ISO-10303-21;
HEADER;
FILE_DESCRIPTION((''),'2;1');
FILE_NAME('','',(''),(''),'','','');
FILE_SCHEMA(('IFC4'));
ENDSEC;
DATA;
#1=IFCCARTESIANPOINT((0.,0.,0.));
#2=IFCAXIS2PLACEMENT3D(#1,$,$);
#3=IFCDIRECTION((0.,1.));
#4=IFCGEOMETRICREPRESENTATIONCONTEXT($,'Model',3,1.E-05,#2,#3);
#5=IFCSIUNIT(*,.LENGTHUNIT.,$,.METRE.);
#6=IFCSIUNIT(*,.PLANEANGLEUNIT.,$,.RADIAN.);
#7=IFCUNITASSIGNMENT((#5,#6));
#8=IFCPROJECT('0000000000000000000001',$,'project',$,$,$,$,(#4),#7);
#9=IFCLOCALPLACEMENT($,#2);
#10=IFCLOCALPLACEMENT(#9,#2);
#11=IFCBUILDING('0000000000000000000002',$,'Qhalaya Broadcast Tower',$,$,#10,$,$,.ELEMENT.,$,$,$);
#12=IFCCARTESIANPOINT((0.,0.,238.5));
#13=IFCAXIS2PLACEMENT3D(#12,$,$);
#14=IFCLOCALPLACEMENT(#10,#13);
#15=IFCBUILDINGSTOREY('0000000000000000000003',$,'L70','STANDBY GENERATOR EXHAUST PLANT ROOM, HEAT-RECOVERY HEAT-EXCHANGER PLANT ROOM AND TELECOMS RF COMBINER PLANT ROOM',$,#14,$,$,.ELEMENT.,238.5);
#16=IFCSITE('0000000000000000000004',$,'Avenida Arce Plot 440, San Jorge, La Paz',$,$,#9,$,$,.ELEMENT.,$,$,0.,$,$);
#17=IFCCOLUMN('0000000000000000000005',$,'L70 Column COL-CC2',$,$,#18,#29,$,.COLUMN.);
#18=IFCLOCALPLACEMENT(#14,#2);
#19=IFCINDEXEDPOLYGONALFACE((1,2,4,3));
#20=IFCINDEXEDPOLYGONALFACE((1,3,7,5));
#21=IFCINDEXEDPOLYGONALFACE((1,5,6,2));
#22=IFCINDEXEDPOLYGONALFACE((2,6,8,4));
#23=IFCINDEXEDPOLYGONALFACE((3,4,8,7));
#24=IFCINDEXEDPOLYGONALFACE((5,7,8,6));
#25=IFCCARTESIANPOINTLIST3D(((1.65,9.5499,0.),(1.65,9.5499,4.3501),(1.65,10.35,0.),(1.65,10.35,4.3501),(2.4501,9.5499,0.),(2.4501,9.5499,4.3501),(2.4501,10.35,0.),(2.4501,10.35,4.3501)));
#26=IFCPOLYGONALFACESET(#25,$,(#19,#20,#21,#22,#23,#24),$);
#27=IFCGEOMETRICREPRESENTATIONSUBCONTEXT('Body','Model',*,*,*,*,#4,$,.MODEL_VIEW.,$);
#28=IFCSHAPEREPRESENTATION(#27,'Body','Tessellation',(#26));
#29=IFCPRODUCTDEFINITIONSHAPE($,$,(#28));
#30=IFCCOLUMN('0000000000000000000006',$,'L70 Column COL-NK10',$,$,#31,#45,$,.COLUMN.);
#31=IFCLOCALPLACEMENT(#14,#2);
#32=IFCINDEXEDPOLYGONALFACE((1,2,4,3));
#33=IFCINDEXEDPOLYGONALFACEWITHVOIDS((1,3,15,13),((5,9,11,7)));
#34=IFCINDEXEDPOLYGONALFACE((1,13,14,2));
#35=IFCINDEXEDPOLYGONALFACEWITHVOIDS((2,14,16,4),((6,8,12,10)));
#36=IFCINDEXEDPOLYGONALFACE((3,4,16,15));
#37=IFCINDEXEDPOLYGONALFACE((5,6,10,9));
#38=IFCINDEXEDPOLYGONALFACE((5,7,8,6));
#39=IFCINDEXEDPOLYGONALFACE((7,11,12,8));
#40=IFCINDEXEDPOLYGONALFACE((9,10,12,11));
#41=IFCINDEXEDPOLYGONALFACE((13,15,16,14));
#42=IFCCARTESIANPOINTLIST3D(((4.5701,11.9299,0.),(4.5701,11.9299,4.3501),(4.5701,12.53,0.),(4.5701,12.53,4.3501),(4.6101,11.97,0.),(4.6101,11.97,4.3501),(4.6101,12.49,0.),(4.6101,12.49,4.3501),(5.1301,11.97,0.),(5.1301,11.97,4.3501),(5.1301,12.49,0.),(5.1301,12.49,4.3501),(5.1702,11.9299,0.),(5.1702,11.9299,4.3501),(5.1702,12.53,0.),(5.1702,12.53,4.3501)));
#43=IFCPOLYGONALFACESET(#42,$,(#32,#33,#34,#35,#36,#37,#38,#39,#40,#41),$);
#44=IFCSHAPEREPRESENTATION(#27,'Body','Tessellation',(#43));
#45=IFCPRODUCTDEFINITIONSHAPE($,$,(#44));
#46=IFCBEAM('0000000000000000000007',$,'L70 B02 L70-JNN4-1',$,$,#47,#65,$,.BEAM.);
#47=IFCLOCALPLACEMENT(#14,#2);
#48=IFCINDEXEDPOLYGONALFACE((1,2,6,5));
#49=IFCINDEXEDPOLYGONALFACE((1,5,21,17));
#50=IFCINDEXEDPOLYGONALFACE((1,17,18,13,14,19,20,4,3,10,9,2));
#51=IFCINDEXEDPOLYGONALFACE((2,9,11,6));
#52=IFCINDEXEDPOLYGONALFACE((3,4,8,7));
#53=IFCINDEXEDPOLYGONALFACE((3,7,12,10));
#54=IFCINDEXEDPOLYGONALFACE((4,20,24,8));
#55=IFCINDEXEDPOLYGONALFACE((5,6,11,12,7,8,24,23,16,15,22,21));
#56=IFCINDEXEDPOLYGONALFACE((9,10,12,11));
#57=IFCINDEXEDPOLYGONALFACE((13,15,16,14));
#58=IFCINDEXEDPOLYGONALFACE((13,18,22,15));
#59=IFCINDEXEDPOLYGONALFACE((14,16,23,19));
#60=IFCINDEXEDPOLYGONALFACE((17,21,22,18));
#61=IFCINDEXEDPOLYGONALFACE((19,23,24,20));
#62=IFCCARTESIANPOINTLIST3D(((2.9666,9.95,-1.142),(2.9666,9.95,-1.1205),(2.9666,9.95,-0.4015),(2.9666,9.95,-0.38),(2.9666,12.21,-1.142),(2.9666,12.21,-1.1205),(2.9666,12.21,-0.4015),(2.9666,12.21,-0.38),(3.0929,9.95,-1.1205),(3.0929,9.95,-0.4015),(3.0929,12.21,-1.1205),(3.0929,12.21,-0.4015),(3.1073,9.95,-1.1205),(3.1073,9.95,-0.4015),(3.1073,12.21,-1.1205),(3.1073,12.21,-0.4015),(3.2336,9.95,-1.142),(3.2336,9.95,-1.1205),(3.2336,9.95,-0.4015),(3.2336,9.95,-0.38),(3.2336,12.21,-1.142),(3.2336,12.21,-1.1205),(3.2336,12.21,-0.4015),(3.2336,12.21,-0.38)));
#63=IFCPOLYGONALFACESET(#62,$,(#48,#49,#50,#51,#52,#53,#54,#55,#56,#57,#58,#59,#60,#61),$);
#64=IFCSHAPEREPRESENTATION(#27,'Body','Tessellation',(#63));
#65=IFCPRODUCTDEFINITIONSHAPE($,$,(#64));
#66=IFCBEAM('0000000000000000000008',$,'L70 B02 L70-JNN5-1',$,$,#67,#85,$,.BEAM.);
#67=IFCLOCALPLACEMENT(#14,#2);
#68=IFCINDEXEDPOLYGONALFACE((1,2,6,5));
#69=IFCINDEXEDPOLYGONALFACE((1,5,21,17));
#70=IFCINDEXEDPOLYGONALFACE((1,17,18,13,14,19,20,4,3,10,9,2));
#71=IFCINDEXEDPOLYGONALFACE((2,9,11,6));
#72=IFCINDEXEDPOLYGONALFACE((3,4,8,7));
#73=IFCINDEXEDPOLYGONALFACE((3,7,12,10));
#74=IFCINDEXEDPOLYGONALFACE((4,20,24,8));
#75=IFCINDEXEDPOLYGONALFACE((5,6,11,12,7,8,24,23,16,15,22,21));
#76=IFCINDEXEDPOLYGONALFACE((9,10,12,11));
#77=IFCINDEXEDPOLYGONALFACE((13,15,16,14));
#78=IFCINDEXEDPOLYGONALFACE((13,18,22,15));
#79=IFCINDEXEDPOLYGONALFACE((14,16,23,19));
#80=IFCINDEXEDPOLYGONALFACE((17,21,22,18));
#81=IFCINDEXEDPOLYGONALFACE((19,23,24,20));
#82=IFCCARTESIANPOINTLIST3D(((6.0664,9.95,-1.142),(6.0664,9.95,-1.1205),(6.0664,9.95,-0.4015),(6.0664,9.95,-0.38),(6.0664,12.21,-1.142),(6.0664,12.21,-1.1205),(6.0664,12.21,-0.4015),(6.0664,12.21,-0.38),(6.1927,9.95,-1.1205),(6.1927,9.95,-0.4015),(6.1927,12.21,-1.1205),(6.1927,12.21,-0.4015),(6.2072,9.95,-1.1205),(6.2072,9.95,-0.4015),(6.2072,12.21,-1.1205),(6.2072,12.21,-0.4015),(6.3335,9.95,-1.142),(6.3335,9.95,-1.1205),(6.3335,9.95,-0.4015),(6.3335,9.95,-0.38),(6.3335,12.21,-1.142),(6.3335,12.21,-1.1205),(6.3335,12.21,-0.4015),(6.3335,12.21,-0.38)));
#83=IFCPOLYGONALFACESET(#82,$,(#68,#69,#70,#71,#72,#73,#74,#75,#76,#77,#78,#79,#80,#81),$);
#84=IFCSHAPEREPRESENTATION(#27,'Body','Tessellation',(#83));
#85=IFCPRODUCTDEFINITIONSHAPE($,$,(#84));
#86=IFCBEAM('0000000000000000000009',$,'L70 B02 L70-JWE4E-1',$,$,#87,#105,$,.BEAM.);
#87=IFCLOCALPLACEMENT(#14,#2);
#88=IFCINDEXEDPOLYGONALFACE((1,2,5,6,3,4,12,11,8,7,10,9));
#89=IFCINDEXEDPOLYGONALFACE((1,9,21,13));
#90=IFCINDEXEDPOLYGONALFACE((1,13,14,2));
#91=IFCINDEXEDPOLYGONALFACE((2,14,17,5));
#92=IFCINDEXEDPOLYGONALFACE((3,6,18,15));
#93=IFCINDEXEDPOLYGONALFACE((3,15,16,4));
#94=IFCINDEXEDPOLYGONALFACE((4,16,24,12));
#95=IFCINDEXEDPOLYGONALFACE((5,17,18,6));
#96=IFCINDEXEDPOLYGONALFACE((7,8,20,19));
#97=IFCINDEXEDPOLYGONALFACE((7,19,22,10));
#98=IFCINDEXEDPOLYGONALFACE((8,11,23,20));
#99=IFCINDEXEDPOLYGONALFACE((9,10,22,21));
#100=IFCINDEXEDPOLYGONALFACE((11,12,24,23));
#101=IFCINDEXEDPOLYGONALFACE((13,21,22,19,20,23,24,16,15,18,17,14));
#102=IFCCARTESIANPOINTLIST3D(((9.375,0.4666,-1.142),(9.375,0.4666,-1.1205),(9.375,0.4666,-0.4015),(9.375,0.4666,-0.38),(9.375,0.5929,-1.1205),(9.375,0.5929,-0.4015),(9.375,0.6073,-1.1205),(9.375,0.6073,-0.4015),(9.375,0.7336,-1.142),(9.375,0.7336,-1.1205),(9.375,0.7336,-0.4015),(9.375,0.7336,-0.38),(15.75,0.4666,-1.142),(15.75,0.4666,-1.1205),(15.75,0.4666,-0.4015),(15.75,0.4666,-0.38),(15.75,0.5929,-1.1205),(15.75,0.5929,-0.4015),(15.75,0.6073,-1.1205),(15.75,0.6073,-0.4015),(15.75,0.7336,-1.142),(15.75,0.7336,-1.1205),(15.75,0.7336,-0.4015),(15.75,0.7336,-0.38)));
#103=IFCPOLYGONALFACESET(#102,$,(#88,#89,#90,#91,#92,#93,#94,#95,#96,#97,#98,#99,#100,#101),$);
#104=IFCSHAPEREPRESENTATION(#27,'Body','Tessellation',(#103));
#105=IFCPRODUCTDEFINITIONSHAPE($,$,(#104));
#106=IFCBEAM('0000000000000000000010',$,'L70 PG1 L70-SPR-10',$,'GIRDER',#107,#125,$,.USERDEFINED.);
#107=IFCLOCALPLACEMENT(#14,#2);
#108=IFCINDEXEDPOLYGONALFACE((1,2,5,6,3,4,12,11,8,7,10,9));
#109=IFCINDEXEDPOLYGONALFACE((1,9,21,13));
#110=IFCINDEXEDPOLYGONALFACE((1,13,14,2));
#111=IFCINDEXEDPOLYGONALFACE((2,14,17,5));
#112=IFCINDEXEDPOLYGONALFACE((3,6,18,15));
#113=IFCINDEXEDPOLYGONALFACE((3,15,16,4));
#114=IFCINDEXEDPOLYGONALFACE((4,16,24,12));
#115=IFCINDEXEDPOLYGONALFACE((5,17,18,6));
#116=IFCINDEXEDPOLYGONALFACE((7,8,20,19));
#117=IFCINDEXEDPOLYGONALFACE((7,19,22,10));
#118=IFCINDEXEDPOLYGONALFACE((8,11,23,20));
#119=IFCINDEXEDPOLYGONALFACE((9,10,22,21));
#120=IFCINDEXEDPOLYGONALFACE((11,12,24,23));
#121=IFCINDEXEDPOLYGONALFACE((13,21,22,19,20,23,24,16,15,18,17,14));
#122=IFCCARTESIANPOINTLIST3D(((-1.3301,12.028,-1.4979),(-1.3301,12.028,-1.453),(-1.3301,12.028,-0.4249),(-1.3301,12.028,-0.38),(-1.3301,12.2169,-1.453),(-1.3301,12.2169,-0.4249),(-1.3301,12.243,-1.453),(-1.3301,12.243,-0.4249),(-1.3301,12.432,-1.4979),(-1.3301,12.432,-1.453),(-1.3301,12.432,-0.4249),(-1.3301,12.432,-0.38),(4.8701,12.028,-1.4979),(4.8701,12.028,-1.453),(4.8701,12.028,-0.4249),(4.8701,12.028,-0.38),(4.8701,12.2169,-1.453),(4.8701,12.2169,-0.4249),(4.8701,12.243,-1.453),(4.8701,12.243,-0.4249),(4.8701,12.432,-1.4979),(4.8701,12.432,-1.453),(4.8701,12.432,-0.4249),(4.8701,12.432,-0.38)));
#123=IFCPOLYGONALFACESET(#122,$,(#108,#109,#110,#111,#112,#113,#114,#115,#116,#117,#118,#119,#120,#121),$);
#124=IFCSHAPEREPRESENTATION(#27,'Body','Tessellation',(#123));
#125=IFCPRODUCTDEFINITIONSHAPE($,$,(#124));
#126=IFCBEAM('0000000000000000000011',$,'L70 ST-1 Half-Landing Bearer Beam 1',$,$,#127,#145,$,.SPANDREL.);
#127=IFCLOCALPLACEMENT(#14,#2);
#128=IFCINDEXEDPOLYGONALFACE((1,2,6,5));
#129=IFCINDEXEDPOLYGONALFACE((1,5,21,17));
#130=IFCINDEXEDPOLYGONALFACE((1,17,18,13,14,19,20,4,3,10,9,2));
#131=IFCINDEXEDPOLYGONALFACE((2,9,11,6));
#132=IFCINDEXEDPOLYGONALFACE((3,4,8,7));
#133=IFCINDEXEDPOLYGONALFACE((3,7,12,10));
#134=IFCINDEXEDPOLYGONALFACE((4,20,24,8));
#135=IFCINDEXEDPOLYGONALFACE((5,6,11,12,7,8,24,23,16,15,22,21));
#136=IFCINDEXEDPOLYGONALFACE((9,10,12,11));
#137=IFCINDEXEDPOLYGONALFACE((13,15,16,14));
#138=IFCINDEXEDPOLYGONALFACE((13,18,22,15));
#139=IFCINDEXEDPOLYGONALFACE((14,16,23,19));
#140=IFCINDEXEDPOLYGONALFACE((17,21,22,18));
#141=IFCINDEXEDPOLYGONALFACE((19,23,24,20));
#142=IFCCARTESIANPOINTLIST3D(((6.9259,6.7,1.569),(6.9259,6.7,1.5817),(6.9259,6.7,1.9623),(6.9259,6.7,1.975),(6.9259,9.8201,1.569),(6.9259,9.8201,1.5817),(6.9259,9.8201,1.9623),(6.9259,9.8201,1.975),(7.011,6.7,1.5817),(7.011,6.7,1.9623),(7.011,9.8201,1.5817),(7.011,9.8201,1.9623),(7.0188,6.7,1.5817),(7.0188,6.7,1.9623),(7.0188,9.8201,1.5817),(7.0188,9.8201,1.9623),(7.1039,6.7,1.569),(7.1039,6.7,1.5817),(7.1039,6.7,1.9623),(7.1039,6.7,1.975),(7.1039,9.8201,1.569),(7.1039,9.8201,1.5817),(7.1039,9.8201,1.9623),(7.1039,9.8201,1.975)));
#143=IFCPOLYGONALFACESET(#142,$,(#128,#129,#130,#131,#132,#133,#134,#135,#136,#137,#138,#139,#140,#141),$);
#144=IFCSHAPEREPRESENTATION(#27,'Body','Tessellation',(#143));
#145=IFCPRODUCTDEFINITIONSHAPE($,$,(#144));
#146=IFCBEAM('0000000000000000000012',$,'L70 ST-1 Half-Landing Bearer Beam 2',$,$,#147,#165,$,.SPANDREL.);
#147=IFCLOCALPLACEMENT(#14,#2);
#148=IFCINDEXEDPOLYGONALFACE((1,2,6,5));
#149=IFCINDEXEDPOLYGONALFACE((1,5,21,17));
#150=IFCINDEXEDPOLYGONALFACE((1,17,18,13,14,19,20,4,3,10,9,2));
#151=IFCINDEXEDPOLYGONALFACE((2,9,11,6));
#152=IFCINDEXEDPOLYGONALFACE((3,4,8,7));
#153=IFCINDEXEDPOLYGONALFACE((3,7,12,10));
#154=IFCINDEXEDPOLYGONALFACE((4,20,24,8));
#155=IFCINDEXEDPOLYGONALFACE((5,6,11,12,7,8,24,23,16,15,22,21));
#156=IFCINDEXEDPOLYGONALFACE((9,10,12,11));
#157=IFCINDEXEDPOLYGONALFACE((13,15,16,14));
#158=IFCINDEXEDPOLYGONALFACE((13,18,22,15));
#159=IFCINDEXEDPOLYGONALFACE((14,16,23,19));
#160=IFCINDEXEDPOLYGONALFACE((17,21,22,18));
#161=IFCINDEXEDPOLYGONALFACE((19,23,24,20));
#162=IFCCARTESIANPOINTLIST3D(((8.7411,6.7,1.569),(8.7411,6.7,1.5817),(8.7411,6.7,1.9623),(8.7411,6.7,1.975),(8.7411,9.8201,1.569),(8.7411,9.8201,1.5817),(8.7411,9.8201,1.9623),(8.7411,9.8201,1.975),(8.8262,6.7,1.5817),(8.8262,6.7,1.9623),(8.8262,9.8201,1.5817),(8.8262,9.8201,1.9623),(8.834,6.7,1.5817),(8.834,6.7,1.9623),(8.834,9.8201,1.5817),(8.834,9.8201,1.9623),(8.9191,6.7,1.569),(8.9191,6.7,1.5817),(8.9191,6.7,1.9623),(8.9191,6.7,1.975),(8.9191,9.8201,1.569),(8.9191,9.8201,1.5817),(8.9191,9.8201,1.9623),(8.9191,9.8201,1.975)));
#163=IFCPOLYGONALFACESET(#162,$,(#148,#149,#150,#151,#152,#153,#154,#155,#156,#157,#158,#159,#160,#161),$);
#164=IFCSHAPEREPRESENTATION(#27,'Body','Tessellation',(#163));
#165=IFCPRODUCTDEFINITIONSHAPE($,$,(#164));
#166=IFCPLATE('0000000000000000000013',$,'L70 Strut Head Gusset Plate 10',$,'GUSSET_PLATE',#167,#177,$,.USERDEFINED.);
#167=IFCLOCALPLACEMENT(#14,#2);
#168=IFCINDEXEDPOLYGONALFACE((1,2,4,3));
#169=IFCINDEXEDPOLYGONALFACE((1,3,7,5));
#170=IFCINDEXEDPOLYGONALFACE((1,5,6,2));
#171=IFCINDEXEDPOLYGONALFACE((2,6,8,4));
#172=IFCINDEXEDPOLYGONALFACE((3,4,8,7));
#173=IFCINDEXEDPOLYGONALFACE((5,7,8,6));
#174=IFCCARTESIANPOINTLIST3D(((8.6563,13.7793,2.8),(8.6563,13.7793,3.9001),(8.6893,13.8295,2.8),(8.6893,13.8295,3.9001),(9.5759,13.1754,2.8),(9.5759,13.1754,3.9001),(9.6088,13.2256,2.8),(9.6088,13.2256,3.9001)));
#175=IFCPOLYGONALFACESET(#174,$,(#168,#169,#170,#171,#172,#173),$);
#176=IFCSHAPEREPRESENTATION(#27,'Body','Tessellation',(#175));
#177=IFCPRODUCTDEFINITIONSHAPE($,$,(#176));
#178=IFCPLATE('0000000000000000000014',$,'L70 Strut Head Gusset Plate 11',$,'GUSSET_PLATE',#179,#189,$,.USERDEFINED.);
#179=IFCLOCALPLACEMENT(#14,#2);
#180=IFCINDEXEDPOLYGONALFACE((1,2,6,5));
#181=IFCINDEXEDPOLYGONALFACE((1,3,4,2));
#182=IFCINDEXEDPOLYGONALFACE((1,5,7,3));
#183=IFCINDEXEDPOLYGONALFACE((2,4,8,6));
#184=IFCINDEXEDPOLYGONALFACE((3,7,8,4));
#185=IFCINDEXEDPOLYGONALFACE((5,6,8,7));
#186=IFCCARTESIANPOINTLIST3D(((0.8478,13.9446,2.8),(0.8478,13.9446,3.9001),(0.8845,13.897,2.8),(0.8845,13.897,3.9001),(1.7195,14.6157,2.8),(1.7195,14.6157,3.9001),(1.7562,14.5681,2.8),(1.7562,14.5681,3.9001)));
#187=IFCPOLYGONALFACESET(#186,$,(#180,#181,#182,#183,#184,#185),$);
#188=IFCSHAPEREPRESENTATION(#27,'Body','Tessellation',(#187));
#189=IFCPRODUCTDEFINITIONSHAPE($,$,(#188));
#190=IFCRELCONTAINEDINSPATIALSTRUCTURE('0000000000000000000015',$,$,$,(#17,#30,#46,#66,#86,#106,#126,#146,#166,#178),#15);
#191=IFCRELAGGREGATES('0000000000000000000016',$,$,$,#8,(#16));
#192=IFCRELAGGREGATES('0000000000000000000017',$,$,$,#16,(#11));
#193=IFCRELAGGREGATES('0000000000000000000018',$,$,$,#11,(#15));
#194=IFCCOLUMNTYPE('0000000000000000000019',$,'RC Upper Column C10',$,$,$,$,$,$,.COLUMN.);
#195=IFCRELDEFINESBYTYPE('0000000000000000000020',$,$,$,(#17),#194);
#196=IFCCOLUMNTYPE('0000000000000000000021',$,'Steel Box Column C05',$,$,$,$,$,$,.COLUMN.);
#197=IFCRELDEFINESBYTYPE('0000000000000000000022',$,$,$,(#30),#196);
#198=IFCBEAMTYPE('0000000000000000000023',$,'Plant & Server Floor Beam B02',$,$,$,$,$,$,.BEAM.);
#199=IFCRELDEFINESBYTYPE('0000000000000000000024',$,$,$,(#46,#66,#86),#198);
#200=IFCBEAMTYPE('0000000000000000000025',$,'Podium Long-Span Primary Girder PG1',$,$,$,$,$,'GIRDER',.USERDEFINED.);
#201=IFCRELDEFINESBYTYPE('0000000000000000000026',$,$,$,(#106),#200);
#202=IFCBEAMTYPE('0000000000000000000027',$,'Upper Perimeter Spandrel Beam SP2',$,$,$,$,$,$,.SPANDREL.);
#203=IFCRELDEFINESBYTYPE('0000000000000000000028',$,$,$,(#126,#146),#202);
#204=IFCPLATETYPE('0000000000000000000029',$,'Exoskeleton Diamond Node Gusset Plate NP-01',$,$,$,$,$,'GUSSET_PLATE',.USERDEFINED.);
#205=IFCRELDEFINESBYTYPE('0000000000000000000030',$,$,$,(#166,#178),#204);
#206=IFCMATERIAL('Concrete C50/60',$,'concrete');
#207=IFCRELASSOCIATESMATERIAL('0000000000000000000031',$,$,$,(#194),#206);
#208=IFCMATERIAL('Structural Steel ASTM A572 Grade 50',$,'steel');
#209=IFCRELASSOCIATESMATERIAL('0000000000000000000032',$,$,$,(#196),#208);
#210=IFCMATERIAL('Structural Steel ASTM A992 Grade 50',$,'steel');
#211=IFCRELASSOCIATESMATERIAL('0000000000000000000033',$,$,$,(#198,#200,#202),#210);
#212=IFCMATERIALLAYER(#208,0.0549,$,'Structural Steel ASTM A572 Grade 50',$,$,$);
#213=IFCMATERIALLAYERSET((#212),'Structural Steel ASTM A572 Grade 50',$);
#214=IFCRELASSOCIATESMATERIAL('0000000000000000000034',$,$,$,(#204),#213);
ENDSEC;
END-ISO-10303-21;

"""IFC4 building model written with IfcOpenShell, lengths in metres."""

from ifc_helpers import new_model, si_unit, direction, frame, origin, origin_2d, place, context, subcontext, project, spatial, rectangle, hollow_rectangle, i_section, extrude, material, layer, layer_set, material_profile, profile_set, type_object, element, save


model = new_model("IFC4")

# Units and contexts
model_context = context("Model", 3, precision=1e-05, world=origin(), true_north=direction((0.0, 1.0)))
body_context = subcontext(model_context, "Body", "Model", "MODEL_VIEW")
ifc_project = project(units=[si_unit("LENGTHUNIT", "METRE"), si_unit("PLANEANGLEUNIT", "RADIAN")], contexts=[model_context])

# Site, building, storey
site_placement = place(None, origin())
site = spatial("IfcSite", under=ifc_project, at=site_placement, Name="Avenida Arce Plot 440, San Jorge, La Paz", CompositionType="ELEMENT", RefElevation=0.0)
building_placement = place(site_placement, origin())
building = spatial("IfcBuilding", under=site, at=building_placement, Name="Qhalaya Broadcast Tower", CompositionType="ELEMENT")
storey_placement = place(building_placement, frame((0.0, 0.0, 238.5)))
storey = spatial("IfcBuildingStorey", under=building, at=storey_placement, Name="L70", Description="STANDBY GENERATOR EXHAUST PLANT ROOM, HEAT-RECOVERY HEAT-EXCHANGER PLANT ROOM AND TELECOMS RF COMBINER PLANT ROOM", CompositionType="ELEMENT", Elevation=238.5)

# Columns
ifc_material_1 = material(Name="Concrete C50/60", Category="concrete")
ifc_material_profile_1 = material_profile(ifc_material_1, rectangle(XDim=0.8, YDim=0.8, at=origin_2d()), Name="RC-COL 800x800")
ifc_profile_set_1 = profile_set([ifc_material_profile_1], Name="Concrete C50/60")
column_type_1 = type_object("IfcColumnType", Name="RC Upper Column C10", PredefinedType="COLUMN", material=ifc_profile_set_1)
column_1_placement = place(storey_placement, frame((2.05, 9.95, 0.0), z_axis=(0.0, 0.0, 1.0), x_axis=(1.0, 0.0, 0.0)))
element("IfcColumn", 1, at=column_1_placement, inside=storey, type_object=column_type_1, Name="L70 Column COL-CC2", PredefinedType="COLUMN", context=body_context, shape_type="SweptSolid", body=[
    extrude(rectangle(XDim=0.8, YDim=0.8, at=origin_2d()), origin(), (0.0, 0.0, 1.0), 4.3501),
])
ifc_material_2 = material(Name="Structural Steel ASTM A572 Grade 50", Category="steel")
ifc_material_profile_2 = material_profile(ifc_material_2, hollow_rectangle(XDim=0.6001, YDim=0.6001, WallThickness=0.04, at=origin_2d()), Name="BOX 600x600x40")
ifc_profile_set_2 = profile_set([ifc_material_profile_2], Name="Structural Steel ASTM A572 Grade 50")
column_type_2 = type_object("IfcColumnType", Name="Steel Box Column C05", PredefinedType="COLUMN", material=ifc_profile_set_2)
column_2_placement = place(storey_placement, frame((4.8701, 12.23, 0.0), z_axis=(0.0, 0.0, 1.0), x_axis=(1.0, 0.0, 0.0)))
element("IfcColumn", 2, at=column_2_placement, inside=storey, type_object=column_type_2, Name="L70 Column COL-NK10", PredefinedType="COLUMN", context=body_context, shape_type="SweptSolid", body=[
    extrude(hollow_rectangle(XDim=0.6001, YDim=0.6001, WallThickness=0.04, at=origin_2d()), origin(), (0.0, 0.0, 1.0), 4.3501),
])

# Beams
ifc_material_3 = material(Name="Structural Steel ASTM A992 Grade 50", Category="steel")
ifc_material_profile_3 = material_profile(ifc_material_3, i_section(OverallWidth=0.2671, OverallDepth=0.762, WebThickness=0.0144, FlangeThickness=0.0215, at=origin_2d()), Name="W30X116")
ifc_profile_set_3 = profile_set([ifc_material_profile_3], Name="Structural Steel ASTM A992 Grade 50")
beam_type_1 = type_object("IfcBeamType", Name="Plant & Server Floor Beam B02", PredefinedType="BEAM", material=ifc_profile_set_3)
for number, where, z_axis, x_axis, name in (
    (3, (3.1001, 9.95, -0.761), (0.0, 1.0, 0.0), (-1.0, 0.0, 0.0), "L70 B02 L70-JNN4-1"),
    (4, (6.2, 9.95, -0.761), (0.0, 1.0, 0.0), (-1.0, 0.0, 0.0), "L70 B02 L70-JNN5-1"),
):
    element("IfcBeam", number, at=place(storey_placement, frame(where, z_axis=z_axis, x_axis=x_axis)), inside=storey, type_object=beam_type_1, Name=name, PredefinedType="BEAM", context=body_context, shape_type="SweptSolid", body=[
        extrude(i_section(OverallWidth=0.2671, OverallDepth=0.762, WebThickness=0.0144, FlangeThickness=0.0215, at=origin_2d()), origin(), (0.0, 0.0, 1.0), 2.26),
    ])
beam_1_placement = place(storey_placement, frame((9.375, 0.6001, -0.761), z_axis=(1.0, 0.0, 0.0), x_axis=(0.0, 1.0, 0.0)))
element("IfcBeam", 5, at=beam_1_placement, inside=storey, type_object=beam_type_1, Name="L70 B02 L70-JWE4E-1", PredefinedType="BEAM", context=body_context, shape_type="SweptSolid", body=[
    extrude(i_section(OverallWidth=0.2671, OverallDepth=0.762, WebThickness=0.0144, FlangeThickness=0.0215, at=origin_2d()), origin(), (0.0, 0.0, 1.0), 6.375),
])
ifc_material_profile_4 = material_profile(ifc_material_3, i_section(OverallWidth=0.4041, OverallDepth=1.1179, WebThickness=0.0261, FlangeThickness=0.0449, at=origin_2d()), Name="W44X335")
ifc_profile_set_4 = profile_set([ifc_material_profile_4], Name="Structural Steel ASTM A992 Grade 50")
beam_type_2 = type_object("IfcBeamType", Name="Podium Long-Span Primary Girder PG1", ElementType="GIRDER", PredefinedType="USERDEFINED", material=ifc_profile_set_4)
beam_2_placement = place(storey_placement, frame((4.8701, 12.23, -0.939), z_axis=(-1.0, 0.0, 0.0), x_axis=(0.0, -1.0, 0.0)))
element("IfcBeam", 6, at=beam_2_placement, inside=storey, type_object=beam_type_2, Name="L70 PG1 L70-SPR-10", ObjectType="GIRDER", PredefinedType="USERDEFINED", context=body_context, shape_type="SweptSolid", body=[
    extrude(i_section(OverallWidth=0.4041, OverallDepth=1.1179, WebThickness=0.0261, FlangeThickness=0.0449, at=origin_2d()), origin(), (0.0, 0.0, 1.0), 6.2002),
])
ifc_material_profile_5 = material_profile(ifc_material_3, i_section(OverallWidth=0.178, OverallDepth=0.406, WebThickness=0.0078, FlangeThickness=0.0127, at=origin_2d()), Name="W16X40")
ifc_profile_set_5 = profile_set([ifc_material_profile_5], Name="Structural Steel ASTM A992 Grade 50")
beam_type_3 = type_object("IfcBeamType", Name="Upper Perimeter Spandrel Beam SP2", PredefinedType="SPANDREL", material=ifc_profile_set_5)
for number, where, z_axis, x_axis, name in (
    (7, (7.0149, 6.7, 1.772), (0.0, 1.0, 0.0), (-1.0, 0.0, 0.0), "L70 ST-1 Half-Landing Bearer Beam 1"),
    (8, (8.8301, 6.7, 1.772), (0.0, 1.0, 0.0), (-1.0, 0.0, 0.0), "L70 ST-1 Half-Landing Bearer Beam 2"),
):
    element("IfcBeam", number, at=place(storey_placement, frame(where, z_axis=z_axis, x_axis=x_axis)), inside=storey, type_object=beam_type_3, Name=name, PredefinedType="SPANDREL", context=body_context, shape_type="SweptSolid", body=[
        extrude(i_section(OverallWidth=0.178, OverallDepth=0.406, WebThickness=0.0078, FlangeThickness=0.0127, at=origin_2d()), origin(), (0.0, 0.0, 1.0), 3.1201),
    ])

# Plates
ifc_layer_1 = layer(ifc_material_2, 0.0549, Name="Structural Steel ASTM A572 Grade 50")
ifc_layer_set_1 = layer_set([ifc_layer_1], Name="Structural Steel ASTM A572 Grade 50")
plate_type_1 = type_object("IfcPlateType", Name="Exoskeleton Diamond Node Gusset Plate NP-01", ElementType="GUSSET_PLATE", PredefinedType="USERDEFINED", material=ifc_layer_set_1)
for number, where, z_axis, x_axis, name in (
    (9, (9.1326, 13.5024, 2.8), (0.0, 0.0, 1.0), (-0.835865, 0.548935, 0.0), "L70 Strut Head Gusset Plate 10"),
    (10, (1.302, 14.2563, 2.8), (0.0, 0.0, 1.0), (0.792375, 0.610035, 0.0), "L70 Strut Head Gusset Plate 11"),
):
    element("IfcPlate", number, at=place(storey_placement, frame(where, z_axis=z_axis, x_axis=x_axis)), inside=storey, type_object=plate_type_1, Name=name, ObjectType="GUSSET_PLATE", PredefinedType="USERDEFINED", context=body_context, shape_type="SweptSolid", body=[
        extrude(rectangle(XDim=1.1001, YDim=0.0601, at=origin_2d()), origin(), (0.0, 0.0, 1.0), 1.1001),
    ])

save(model, "model.ifc")
